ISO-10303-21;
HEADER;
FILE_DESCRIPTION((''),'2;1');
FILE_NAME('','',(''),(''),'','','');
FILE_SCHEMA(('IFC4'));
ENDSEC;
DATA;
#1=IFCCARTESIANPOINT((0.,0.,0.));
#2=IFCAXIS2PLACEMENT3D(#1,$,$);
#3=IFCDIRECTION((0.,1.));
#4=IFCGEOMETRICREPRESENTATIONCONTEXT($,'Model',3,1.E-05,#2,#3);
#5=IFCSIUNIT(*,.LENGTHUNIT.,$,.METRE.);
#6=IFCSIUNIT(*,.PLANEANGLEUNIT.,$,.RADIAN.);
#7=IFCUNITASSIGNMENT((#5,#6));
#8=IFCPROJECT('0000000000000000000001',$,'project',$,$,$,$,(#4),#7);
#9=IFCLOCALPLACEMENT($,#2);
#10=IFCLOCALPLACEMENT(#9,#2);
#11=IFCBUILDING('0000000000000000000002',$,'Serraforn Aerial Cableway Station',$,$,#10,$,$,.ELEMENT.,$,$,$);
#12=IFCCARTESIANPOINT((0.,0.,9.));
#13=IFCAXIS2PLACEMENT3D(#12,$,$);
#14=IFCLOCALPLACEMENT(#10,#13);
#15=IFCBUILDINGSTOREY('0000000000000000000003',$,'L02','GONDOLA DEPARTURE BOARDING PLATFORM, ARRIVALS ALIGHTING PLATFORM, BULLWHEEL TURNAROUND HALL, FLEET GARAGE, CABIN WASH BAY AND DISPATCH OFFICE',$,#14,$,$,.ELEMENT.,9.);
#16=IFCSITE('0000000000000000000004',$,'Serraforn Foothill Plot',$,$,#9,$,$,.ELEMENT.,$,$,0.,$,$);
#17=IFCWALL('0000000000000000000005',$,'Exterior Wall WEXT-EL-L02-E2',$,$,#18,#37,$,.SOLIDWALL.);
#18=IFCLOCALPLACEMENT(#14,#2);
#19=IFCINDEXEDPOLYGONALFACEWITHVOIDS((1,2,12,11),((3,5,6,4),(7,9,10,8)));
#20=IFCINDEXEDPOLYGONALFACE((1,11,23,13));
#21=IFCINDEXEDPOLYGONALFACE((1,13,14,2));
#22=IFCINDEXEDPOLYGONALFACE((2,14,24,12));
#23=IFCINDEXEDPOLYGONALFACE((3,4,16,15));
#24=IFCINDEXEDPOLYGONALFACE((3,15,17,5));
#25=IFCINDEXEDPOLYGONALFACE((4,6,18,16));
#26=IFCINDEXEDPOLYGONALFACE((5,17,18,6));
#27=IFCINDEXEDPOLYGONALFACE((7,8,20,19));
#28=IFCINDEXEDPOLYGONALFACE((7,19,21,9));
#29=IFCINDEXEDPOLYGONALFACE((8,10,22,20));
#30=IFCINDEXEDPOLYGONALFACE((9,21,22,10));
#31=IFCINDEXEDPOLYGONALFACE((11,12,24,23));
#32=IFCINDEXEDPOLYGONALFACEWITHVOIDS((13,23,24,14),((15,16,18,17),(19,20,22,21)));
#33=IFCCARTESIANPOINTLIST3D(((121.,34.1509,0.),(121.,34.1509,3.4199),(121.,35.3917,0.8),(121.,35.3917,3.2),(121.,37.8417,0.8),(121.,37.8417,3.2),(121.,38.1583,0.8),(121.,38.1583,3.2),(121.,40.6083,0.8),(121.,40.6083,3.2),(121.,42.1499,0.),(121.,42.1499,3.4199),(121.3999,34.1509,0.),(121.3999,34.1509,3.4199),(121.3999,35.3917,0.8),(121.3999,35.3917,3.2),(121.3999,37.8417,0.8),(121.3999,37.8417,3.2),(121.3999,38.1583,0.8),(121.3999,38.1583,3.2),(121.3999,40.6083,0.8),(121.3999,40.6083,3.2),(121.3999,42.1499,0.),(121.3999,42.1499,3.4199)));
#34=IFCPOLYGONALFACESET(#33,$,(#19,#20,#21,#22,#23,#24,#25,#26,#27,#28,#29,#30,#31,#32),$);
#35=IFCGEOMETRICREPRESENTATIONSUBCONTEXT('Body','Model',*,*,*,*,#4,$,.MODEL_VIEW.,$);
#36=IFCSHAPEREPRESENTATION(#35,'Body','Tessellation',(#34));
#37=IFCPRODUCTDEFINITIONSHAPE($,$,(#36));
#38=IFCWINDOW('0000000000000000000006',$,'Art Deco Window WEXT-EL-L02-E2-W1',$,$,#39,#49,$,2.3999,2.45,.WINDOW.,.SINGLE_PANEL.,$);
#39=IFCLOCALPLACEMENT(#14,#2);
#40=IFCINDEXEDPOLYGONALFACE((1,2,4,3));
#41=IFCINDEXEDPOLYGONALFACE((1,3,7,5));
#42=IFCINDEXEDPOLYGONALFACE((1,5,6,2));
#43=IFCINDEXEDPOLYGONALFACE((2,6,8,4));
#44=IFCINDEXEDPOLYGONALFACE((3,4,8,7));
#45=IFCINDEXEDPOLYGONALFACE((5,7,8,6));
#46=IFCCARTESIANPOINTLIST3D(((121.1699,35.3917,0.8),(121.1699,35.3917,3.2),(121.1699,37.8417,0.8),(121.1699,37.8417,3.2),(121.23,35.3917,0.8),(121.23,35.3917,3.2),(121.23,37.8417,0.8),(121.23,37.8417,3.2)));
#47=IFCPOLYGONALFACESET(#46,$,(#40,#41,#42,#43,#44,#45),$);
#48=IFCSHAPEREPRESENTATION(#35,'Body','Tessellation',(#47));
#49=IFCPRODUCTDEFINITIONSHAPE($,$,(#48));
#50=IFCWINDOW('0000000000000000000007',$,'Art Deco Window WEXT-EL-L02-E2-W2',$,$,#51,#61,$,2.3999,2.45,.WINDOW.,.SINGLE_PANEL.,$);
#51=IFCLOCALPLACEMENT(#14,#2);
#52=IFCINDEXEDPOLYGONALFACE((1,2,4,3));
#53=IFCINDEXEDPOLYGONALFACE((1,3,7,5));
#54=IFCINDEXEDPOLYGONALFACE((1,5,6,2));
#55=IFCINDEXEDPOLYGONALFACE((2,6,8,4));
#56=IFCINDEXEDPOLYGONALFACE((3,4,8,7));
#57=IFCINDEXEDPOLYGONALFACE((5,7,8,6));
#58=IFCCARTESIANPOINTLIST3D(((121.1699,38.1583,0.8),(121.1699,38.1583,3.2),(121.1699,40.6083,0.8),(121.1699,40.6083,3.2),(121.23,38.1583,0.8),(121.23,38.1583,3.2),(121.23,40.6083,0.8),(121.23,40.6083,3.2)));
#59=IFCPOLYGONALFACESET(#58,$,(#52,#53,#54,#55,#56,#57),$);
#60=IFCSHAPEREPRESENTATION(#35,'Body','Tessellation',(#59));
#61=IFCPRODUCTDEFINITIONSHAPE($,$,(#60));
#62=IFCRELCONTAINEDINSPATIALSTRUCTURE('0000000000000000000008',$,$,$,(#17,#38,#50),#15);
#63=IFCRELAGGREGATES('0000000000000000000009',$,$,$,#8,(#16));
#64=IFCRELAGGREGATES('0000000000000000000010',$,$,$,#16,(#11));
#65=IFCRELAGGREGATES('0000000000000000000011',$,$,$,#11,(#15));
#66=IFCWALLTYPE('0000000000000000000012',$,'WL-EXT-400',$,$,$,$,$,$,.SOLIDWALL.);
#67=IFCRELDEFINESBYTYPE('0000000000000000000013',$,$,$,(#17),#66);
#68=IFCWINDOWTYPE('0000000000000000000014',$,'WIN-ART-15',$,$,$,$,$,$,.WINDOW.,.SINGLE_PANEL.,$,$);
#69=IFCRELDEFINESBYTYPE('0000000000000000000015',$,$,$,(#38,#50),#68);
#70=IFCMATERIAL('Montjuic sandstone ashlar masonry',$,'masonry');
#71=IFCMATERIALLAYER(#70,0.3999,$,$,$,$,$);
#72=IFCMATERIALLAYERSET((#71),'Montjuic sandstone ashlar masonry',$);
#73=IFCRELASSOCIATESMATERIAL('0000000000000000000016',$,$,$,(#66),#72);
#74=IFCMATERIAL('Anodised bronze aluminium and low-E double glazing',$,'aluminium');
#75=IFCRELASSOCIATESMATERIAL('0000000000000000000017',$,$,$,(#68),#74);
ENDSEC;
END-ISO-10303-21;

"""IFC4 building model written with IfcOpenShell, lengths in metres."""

from ifc_helpers import new_model, si_unit, direction, frame, frame_2d, origin, place, context, subcontext, project, spatial, rectangle, extrude, material, layer, layer_set, type_object, element, fill, save


model = new_model("IFC4")

# Units and contexts
model_context = context("Model", 3, precision=1e-05, world=origin(), true_north=direction((0.0, 1.0)))
body_context = subcontext(model_context, "Body", "Model", "MODEL_VIEW")
ifc_project = project(units=[si_unit("LENGTHUNIT", "METRE"), si_unit("PLANEANGLEUNIT", "RADIAN")], contexts=[model_context])

# Site, building, storey
site_placement = place(None, origin())
site = spatial("IfcSite", under=ifc_project, at=site_placement, Name="Serraforn Foothill Plot", CompositionType="ELEMENT", RefElevation=0.0)
building_placement = place(site_placement, origin())
building = spatial("IfcBuilding", under=site, at=building_placement, Name="Serraforn Aerial Cableway Station", CompositionType="ELEMENT")
storey_placement = place(building_placement, frame((0.0, 0.0, 9.0)))
storey = spatial("IfcBuildingStorey", under=building, at=storey_placement, Name="L02", Description="GONDOLA DEPARTURE BOARDING PLATFORM, ARRIVALS ALIGHTING PLATFORM, BULLWHEEL TURNAROUND HALL, FLEET GARAGE, CABIN WASH BAY AND DISPATCH OFFICE", CompositionType="ELEMENT", Elevation=9.0)

# Wall, openings, windows
ifc_material_1 = material(Name="Montjuic sandstone ashlar masonry", Category="masonry")
ifc_layer_1 = layer(ifc_material_1, 0.3999)
ifc_layer_set_1 = layer_set([ifc_layer_1], Name="Montjuic sandstone ashlar masonry")
wall_type_1 = type_object("IfcWallType", Name="WL-EXT-400", PredefinedType="SOLIDWALL", material=ifc_layer_set_1)
wall_1_placement = place(storey_placement, frame((121.2, 34.1509, 0.0), z_axis=(0.0, 0.0, 1.0), x_axis=(0.0, 1.0, 0.0)))
wall_1 = element("IfcWall", 1, at=wall_1_placement, inside=storey, type_object=wall_type_1, Name="Exterior Wall WEXT-EL-L02-E2", PredefinedType="SOLIDWALL", context=body_context, shape_type="SweptSolid", body=[
    extrude(rectangle(XDim=7.999, YDim=0.3999, at=frame_2d((3.9995, 0.0))), origin(), (0.0, 0.0, 1.0), 3.4199),
])
opening_1_placement = place(wall_1_placement, frame((1.2407, 0.0, 0.8)))
opening_1 = element("IfcOpeningElement", 2, at=opening_1_placement, cuts=wall_1, PredefinedType="OPENING", context=body_context, shape_type="SweptSolid", body=[
    extrude(rectangle(XDim=2.45, YDim=2.3999, at=frame_2d((1.2251, 1.2))), frame((0.0, 0.21, 0.0), z_axis=(0.0, -1.0, 0.0), x_axis=(1.0, 0.0, 0.0)), (0.0, 0.0, 1.0), 0.4199),
])
opening_2_placement = place(wall_1_placement, frame((4.0073, 0.0, 0.8)))
opening_2 = element("IfcOpeningElement", 3, at=opening_2_placement, cuts=wall_1, PredefinedType="OPENING", context=body_context, shape_type="SweptSolid", body=[
    extrude(rectangle(XDim=2.45, YDim=2.3999, at=frame_2d((1.2251, 1.2))), frame((0.0, 0.21, 0.0), z_axis=(0.0, -1.0, 0.0), x_axis=(1.0, 0.0, 0.0)), (0.0, 0.0, 1.0), 0.4199),
])
ifc_material_2 = material(Name="Anodised bronze aluminium and low-E double glazing", Category="aluminium")
window_type = type_object("IfcWindowType", Name="WIN-ART-15", PartitioningType="SINGLE_PANEL", PredefinedType="WINDOW", material=ifc_material_2)
window_1_placement = place(opening_1_placement, origin())
window_1 = element("IfcWindow", 4, at=window_1_placement, inside=storey, type_object=window_type, Name="Art Deco Window WEXT-EL-L02-E2-W1", OverallHeight=2.3999, OverallWidth=2.45, PartitioningType="SINGLE_PANEL", PredefinedType="WINDOW", context=body_context, shape_type="SweptSolid", body=[
    extrude(rectangle(XDim=2.45, YDim=2.3999, at=frame_2d((1.2251, 1.2))), frame((0.0, 0.03, 0.0), z_axis=(0.0, -1.0, 0.0), x_axis=(1.0, 0.0, 0.0)), (0.0, 0.0, 1.0), 0.0601),
])
fill(opening_1, window_1)
window_2_placement = place(opening_2_placement, origin())
window_2 = element("IfcWindow", 5, at=window_2_placement, inside=storey, type_object=window_type, Name="Art Deco Window WEXT-EL-L02-E2-W2", OverallHeight=2.3999, OverallWidth=2.45, PartitioningType="SINGLE_PANEL", PredefinedType="WINDOW", context=body_context, shape_type="SweptSolid", body=[
    extrude(rectangle(XDim=2.45, YDim=2.3999, at=frame_2d((1.2251, 1.2))), frame((0.0, 0.03, 0.0), z_axis=(0.0, -1.0, 0.0), x_axis=(1.0, 0.0, 0.0)), (0.0, 0.0, 1.0), 0.0601),
])
fill(opening_2, window_2)

save(model, "model.ifc")
